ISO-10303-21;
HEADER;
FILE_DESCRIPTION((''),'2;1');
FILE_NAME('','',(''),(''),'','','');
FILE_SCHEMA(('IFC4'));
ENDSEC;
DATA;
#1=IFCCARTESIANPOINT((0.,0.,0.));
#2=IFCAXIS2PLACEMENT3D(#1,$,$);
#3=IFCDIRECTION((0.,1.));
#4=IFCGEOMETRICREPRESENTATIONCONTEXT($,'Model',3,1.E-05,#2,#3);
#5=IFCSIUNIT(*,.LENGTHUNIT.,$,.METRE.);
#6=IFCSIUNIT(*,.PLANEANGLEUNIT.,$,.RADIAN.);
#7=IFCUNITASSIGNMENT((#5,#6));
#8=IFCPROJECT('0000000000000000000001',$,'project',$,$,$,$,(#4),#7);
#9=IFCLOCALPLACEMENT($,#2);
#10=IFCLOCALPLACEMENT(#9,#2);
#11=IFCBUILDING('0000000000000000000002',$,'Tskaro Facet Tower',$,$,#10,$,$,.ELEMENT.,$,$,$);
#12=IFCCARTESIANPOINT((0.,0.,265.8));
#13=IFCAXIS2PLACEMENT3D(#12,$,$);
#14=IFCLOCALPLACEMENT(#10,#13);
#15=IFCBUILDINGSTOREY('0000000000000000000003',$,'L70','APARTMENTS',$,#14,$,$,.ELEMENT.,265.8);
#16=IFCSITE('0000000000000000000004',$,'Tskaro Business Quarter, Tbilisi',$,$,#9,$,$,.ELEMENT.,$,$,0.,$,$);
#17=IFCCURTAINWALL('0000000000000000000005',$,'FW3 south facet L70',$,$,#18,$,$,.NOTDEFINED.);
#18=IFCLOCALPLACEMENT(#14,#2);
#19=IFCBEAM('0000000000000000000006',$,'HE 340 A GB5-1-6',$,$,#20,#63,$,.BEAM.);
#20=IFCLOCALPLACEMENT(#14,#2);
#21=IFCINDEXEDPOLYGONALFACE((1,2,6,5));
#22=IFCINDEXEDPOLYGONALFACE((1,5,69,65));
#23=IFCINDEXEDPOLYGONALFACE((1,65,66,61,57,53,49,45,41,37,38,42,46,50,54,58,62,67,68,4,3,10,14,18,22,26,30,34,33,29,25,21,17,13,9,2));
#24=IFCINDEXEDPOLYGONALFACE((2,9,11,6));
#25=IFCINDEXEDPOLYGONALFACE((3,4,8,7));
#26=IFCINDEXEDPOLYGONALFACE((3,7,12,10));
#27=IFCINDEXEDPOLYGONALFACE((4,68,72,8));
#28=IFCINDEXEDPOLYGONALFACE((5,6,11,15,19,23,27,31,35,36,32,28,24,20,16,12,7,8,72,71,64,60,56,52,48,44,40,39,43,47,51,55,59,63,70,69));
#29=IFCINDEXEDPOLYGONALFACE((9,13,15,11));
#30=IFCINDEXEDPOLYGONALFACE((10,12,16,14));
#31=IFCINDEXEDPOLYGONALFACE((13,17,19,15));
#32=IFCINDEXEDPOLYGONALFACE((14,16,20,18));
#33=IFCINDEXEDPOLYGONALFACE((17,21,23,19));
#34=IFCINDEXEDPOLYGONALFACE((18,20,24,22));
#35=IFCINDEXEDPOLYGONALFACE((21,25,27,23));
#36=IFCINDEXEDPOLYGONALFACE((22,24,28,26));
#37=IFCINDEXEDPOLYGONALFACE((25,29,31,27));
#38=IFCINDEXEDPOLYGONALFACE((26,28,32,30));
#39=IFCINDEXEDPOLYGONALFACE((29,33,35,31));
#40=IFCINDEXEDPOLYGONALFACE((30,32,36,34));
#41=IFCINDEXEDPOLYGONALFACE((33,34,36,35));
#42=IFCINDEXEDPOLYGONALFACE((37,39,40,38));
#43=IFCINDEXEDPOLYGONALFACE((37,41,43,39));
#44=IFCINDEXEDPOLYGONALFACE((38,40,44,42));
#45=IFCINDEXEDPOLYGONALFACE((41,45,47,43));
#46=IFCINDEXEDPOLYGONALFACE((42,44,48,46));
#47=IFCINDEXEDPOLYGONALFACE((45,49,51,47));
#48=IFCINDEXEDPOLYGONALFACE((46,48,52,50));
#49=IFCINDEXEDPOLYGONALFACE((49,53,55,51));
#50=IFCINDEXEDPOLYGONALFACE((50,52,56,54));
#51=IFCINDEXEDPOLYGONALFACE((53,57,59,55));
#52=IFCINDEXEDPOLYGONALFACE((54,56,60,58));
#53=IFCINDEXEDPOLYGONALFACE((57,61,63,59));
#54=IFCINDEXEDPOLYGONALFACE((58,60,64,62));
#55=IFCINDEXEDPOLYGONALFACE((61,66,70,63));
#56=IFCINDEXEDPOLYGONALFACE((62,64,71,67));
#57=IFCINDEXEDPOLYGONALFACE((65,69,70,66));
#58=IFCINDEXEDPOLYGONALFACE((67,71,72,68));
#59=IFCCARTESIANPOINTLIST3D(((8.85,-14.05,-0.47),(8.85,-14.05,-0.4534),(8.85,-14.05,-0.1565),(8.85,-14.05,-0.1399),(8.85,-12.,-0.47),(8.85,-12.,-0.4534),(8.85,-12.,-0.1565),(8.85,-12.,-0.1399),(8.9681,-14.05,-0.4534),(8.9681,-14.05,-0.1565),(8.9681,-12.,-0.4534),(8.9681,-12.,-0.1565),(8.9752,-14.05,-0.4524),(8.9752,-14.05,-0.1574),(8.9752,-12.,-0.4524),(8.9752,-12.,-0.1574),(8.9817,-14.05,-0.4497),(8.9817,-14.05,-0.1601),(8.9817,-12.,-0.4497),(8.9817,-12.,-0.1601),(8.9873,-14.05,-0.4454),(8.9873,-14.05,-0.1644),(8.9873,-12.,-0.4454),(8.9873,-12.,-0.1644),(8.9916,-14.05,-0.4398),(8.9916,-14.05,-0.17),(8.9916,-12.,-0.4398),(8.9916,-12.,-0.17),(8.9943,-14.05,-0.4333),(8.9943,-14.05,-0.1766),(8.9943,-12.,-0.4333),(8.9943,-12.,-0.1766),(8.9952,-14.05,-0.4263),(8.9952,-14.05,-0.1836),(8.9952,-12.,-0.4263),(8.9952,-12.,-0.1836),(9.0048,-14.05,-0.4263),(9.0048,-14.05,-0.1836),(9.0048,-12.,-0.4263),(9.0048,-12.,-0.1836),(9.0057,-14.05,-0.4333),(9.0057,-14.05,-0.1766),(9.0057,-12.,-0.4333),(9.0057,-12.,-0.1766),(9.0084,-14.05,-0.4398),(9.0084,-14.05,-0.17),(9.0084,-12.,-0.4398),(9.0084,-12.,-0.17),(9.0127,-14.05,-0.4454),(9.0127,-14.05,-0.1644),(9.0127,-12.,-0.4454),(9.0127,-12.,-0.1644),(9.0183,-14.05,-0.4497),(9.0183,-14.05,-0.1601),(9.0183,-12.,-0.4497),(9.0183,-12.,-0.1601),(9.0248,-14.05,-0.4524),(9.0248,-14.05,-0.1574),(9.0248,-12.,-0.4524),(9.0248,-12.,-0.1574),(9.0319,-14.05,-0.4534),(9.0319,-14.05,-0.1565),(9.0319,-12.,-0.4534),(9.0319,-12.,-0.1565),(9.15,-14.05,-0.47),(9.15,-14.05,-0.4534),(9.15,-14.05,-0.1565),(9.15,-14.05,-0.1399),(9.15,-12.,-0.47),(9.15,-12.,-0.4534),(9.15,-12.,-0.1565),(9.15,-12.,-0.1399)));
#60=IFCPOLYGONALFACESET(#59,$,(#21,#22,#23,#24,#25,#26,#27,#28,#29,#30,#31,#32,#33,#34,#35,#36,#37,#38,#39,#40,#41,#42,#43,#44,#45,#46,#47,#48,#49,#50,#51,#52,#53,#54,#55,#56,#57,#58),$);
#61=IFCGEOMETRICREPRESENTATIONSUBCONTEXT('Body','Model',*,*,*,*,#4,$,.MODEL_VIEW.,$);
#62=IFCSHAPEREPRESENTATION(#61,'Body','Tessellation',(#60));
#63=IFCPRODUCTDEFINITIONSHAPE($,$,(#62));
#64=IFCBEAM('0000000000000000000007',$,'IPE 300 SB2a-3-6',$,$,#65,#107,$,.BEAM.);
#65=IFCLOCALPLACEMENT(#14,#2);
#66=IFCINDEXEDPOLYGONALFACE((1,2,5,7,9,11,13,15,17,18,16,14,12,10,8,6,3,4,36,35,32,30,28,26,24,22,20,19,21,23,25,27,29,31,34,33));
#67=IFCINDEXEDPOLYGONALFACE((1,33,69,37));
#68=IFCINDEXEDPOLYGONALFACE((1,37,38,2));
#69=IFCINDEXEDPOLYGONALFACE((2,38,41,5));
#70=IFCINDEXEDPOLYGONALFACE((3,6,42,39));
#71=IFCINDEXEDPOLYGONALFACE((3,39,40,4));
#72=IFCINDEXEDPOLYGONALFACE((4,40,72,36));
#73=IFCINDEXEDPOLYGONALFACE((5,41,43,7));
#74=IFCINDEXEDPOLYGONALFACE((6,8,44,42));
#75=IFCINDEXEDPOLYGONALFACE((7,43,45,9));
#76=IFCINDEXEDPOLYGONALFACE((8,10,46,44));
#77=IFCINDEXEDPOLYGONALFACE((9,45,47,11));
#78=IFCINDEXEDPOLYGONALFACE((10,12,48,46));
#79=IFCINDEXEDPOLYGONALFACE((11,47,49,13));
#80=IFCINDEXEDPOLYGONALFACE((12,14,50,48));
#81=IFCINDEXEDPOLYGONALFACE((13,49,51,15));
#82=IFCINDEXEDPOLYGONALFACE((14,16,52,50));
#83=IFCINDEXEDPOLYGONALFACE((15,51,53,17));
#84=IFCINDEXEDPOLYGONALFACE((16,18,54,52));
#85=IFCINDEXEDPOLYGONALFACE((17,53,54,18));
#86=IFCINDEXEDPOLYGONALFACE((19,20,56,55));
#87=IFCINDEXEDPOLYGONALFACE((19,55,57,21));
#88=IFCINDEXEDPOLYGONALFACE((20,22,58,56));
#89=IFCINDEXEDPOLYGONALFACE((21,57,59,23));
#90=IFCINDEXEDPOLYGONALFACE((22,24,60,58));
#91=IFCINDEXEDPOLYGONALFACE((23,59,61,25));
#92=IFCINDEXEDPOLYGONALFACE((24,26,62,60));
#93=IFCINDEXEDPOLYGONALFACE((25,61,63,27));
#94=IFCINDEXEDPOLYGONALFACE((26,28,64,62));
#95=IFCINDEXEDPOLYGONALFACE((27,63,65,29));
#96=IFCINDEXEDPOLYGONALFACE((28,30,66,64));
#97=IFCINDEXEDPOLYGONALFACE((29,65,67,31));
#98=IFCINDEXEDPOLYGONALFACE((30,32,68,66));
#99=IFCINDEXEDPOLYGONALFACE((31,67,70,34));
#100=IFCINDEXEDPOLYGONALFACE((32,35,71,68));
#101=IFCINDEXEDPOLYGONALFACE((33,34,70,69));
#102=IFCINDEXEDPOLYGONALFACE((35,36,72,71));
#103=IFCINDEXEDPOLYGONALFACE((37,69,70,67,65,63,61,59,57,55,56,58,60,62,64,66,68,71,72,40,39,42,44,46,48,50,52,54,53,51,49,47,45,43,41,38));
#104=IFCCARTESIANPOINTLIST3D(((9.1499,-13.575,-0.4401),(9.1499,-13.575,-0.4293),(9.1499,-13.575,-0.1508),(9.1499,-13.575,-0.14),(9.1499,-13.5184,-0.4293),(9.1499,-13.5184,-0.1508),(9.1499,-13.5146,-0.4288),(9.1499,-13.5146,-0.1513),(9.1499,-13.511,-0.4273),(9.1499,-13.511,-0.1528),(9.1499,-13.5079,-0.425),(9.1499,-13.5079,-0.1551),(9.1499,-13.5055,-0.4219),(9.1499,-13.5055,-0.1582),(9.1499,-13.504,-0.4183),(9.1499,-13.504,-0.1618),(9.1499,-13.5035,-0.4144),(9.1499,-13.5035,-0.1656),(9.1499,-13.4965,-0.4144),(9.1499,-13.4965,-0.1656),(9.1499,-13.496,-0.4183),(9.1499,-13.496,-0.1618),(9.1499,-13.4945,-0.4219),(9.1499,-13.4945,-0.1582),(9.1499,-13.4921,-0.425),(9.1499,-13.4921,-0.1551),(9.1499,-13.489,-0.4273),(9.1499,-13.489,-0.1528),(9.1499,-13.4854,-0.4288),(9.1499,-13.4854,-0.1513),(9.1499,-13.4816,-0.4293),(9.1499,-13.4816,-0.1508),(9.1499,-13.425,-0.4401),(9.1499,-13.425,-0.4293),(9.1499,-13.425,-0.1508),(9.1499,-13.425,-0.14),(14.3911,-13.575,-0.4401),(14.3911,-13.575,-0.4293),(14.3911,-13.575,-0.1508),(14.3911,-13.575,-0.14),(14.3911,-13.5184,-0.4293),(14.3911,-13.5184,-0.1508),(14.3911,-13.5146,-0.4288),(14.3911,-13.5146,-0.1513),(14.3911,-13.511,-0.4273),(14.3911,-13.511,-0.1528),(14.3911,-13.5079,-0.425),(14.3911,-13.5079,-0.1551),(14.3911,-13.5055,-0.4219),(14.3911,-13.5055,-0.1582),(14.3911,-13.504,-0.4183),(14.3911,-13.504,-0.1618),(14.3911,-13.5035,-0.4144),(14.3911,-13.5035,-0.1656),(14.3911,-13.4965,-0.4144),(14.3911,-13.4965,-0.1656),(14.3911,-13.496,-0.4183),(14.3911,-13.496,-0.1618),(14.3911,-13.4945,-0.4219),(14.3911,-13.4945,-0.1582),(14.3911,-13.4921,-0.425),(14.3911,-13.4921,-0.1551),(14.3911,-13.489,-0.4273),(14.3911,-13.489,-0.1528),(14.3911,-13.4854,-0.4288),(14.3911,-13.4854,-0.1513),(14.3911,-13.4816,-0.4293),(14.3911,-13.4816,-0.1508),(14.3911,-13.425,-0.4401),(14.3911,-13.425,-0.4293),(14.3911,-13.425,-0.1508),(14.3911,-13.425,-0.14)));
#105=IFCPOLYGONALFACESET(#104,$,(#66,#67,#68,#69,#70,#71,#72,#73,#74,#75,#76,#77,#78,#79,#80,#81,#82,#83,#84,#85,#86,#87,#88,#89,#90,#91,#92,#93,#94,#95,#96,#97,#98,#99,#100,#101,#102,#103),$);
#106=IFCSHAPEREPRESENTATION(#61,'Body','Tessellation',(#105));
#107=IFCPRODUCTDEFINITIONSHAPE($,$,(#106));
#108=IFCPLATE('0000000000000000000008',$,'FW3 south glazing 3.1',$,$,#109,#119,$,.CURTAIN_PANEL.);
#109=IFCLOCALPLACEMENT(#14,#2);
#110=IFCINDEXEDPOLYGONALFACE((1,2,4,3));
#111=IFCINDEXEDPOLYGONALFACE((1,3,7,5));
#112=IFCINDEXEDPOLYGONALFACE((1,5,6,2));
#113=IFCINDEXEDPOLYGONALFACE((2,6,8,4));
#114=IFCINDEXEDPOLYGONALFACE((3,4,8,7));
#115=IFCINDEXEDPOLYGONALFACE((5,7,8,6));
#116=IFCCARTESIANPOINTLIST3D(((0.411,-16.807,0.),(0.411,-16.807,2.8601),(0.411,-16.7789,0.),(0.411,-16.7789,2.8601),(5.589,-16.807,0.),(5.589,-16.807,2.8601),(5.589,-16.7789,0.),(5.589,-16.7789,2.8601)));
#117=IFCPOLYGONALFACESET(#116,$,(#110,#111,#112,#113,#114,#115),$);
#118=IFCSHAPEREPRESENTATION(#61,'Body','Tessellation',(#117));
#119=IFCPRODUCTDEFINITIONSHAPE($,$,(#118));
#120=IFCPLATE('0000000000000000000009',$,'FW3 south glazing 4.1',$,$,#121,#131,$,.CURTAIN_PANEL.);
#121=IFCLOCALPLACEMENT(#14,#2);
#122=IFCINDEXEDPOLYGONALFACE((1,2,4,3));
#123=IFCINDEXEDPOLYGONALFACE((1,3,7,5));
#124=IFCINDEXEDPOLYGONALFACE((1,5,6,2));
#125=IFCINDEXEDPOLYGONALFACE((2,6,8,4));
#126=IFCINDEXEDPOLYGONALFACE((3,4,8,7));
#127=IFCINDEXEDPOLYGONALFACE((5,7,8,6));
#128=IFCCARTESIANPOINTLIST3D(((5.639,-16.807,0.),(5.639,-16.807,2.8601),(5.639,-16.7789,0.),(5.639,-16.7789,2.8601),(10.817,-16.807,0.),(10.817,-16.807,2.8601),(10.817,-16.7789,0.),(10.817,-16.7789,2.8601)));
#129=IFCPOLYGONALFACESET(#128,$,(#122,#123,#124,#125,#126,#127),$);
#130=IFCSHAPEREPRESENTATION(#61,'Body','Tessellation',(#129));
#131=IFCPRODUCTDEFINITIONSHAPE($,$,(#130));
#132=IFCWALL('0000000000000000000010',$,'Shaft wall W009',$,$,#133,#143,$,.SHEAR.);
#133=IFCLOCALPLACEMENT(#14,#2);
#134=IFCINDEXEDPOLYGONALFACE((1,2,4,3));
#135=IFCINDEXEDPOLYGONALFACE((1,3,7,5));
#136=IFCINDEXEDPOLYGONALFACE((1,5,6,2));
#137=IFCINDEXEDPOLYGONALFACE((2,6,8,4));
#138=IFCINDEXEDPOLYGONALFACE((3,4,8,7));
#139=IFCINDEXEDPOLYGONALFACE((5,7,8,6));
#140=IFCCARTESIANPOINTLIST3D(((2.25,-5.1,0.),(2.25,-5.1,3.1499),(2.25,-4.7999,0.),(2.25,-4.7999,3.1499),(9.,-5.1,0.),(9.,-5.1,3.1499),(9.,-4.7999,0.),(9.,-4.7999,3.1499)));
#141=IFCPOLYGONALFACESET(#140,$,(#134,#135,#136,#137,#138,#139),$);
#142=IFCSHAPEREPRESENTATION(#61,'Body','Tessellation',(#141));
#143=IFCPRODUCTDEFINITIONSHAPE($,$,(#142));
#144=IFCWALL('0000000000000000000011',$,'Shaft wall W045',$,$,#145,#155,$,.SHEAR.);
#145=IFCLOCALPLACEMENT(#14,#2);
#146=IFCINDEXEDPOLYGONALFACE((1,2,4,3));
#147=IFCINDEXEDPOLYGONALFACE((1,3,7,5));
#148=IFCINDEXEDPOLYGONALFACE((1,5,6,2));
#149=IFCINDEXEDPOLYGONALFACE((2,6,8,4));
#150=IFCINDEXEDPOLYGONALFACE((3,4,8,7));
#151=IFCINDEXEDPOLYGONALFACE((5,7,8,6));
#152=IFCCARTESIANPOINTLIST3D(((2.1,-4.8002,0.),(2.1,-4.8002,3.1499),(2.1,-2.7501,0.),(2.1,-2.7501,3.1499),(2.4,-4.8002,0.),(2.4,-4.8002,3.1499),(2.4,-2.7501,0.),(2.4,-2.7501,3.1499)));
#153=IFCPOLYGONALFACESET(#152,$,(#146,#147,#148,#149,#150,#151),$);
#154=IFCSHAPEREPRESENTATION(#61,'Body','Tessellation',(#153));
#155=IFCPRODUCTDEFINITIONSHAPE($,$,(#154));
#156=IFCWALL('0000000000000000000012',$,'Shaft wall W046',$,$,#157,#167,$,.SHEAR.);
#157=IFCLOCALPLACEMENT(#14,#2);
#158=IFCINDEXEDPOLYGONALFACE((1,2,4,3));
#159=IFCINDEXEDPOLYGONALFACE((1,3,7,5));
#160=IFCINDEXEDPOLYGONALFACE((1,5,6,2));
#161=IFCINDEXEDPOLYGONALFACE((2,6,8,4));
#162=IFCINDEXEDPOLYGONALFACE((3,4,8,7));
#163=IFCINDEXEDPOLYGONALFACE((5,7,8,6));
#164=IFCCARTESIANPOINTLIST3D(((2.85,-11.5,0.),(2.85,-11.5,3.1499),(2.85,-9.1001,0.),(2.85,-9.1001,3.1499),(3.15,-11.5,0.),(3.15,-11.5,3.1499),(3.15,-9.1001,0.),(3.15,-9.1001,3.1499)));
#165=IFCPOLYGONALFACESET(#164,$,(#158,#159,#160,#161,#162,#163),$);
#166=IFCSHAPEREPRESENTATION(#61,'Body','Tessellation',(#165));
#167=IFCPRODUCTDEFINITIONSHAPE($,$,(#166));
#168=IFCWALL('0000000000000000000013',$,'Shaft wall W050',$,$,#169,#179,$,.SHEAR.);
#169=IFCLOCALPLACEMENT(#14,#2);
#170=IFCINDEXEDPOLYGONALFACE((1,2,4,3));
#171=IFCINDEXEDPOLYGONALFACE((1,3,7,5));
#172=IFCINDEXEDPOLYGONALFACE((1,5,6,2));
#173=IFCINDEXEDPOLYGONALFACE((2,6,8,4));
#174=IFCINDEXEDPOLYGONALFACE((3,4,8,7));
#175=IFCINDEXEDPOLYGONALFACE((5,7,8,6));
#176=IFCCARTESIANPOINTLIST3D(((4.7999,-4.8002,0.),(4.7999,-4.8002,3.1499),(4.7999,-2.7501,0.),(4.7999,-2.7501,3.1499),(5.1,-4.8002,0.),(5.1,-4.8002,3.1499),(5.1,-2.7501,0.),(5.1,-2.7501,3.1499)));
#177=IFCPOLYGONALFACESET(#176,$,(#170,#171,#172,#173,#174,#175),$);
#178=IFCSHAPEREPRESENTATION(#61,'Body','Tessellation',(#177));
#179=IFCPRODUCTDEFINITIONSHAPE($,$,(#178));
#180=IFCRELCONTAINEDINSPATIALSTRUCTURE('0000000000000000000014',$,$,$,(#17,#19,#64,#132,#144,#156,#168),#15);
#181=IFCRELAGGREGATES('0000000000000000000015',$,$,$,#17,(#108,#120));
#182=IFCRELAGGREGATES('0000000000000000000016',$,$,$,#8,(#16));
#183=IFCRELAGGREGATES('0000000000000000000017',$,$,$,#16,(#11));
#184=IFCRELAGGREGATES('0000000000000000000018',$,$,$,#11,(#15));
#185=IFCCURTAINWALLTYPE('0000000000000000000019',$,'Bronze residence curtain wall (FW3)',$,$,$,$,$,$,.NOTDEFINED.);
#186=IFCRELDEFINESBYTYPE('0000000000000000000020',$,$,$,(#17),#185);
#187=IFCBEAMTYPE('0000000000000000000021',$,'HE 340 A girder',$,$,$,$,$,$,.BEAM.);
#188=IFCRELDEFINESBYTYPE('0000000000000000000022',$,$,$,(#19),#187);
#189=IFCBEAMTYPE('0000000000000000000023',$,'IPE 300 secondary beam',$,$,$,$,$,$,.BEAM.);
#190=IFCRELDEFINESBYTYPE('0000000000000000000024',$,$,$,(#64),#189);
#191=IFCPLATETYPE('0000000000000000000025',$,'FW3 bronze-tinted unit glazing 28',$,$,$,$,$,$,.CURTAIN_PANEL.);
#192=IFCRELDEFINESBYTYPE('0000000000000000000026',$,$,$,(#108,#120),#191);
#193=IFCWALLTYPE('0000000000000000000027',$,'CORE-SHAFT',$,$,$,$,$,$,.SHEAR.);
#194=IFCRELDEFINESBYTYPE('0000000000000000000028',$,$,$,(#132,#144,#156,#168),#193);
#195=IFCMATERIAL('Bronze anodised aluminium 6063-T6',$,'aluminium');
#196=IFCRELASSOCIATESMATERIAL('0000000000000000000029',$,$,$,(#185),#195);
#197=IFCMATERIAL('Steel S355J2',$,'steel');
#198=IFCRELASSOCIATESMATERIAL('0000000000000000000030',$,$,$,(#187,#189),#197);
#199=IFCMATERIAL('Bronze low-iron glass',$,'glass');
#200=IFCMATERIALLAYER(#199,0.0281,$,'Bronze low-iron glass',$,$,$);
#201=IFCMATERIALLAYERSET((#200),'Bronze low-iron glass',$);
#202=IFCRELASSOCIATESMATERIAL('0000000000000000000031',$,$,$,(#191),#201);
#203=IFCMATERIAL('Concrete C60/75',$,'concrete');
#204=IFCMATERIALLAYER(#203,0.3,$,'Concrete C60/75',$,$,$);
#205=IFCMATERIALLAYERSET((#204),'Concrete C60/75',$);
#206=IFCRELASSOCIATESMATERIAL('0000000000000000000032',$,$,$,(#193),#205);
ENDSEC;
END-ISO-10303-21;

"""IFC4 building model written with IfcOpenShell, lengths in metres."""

from ifc_helpers import new_model, si_unit, direction, frame, frame_2d, origin, origin_2d, place, context, subcontext, project, spatial, rectangle, i_section, extrude, material, layer, layer_set, material_profile, profile_set, type_object, element, aggregate, save


model = new_model("IFC4")

# Units and contexts
model_context = context("Model", 3, precision=1e-05, world=origin(), true_north=direction((0.0, 1.0)))
body_context = subcontext(model_context, "Body", "Model", "MODEL_VIEW")
ifc_project = project(units=[si_unit("LENGTHUNIT", "METRE"), si_unit("PLANEANGLEUNIT", "RADIAN")], contexts=[model_context])

# Site, building, storey
site_placement = place(None, origin())
site = spatial("IfcSite", under=ifc_project, at=site_placement, Name="Tskaro Business Quarter, Tbilisi", CompositionType="ELEMENT", RefElevation=0.0)
building_placement = place(site_placement, origin())
building = spatial("IfcBuilding", under=site, at=building_placement, Name="Tskaro Facet Tower", CompositionType="ELEMENT")
storey_placement = place(building_placement, frame((0.0, 0.0, 265.8)))
storey = spatial("IfcBuildingStorey", under=building, at=storey_placement, Name="L70", Description="APARTMENTS", CompositionType="ELEMENT", Elevation=265.8)

# Shared definitions
ifc_material_1 = material(Name="Steel S355J2", Category="steel")

# Curtain wall
ifc_material_2 = material(Name="Bronze anodised aluminium 6063-T6", Category="aluminium")
curtain_wall_type = type_object("IfcCurtainWallType", Name="Bronze residence curtain wall (FW3)", PredefinedType="NOTDEFINED", material=ifc_material_2)
curtain_wall_placement = place(storey_placement, origin())
curtain_wall = element("IfcCurtainWall", 1, at=curtain_wall_placement, inside=storey, type_object=curtain_wall_type, Name="FW3 south facet L70", PredefinedType="NOTDEFINED")

# Beams
ifc_material_profile_1 = material_profile(ifc_material_1, i_section(OverallWidth=0.3, OverallDepth=0.3301, WebThickness=0.0095, FlangeThickness=0.0166, FilletRadius=0.0271, at=origin_2d()), Name="HE 340 A")
ifc_profile_set_1 = profile_set([ifc_material_profile_1], Name="Steel S355J2")
beam_type_1 = type_object("IfcBeamType", Name="HE 340 A girder", PredefinedType="BEAM", material=ifc_profile_set_1)
beam_1_placement = place(storey_placement, frame((9.0, -14.05, -0.3049), z_axis=(0.0, 1.0, 0.0), x_axis=(-1.0, 0.0, 0.0)))
element("IfcBeam", 2, at=beam_1_placement, inside=storey, type_object=beam_type_1, Name="HE 340 A GB5-1-6", PredefinedType="BEAM", context=body_context, shape_type="SweptSolid", body=[
    extrude(i_section(OverallWidth=0.3, OverallDepth=0.3301, WebThickness=0.0095, FlangeThickness=0.0166, FilletRadius=0.0271, at=origin_2d()), origin(), (0.0, 0.0, 1.0), 2.05),
])
ifc_material_profile_2 = material_profile(ifc_material_1, i_section(OverallWidth=0.1499, OverallDepth=0.3, WebThickness=0.0071, FlangeThickness=0.0107, FilletRadius=0.0149, at=origin_2d()), Name="IPE 300")
ifc_profile_set_2 = profile_set([ifc_material_profile_2], Name="Steel S355J2")
beam_type_2 = type_object("IfcBeamType", Name="IPE 300 secondary beam", PredefinedType="BEAM", material=ifc_profile_set_2)
beam_2_placement = place(storey_placement, frame((9.1499, -13.5, -0.29), z_axis=(1.0, 0.0, 0.0), x_axis=(0.0, 1.0, 0.0)))
element("IfcBeam", 3, at=beam_2_placement, inside=storey, type_object=beam_type_2, Name="IPE 300 SB2a-3-6", PredefinedType="BEAM", context=body_context, shape_type="SweptSolid", body=[
    extrude(i_section(OverallWidth=0.1499, OverallDepth=0.3, WebThickness=0.0071, FlangeThickness=0.0107, FilletRadius=0.0149, at=origin_2d()), origin(), (0.0, 0.0, 1.0), 5.2412),
])

# Plates
ifc_material_3 = material(Name="Bronze low-iron glass", Category="glass")
ifc_layer_1 = layer(ifc_material_3, 0.0281, Name="Bronze low-iron glass")
ifc_layer_set_1 = layer_set([ifc_layer_1], Name="Bronze low-iron glass")
plate_type = type_object("IfcPlateType", Name="FW3 bronze-tinted unit glazing 28", PredefinedType="CURTAIN_PANEL", material=ifc_layer_set_1)
plate_1_placement = place(storey_placement, frame((3.0, -16.793, 0.0), z_axis=(0.0, 0.0, 1.0), x_axis=(1.0, 0.0, 0.0)))
plate_1 = element("IfcPlate", 4, at=plate_1_placement, type_object=plate_type, Name="FW3 south glazing 3.1", PredefinedType="CURTAIN_PANEL", context=body_context, shape_type="SweptSolid", body=[
    extrude(rectangle(XDim=5.178, YDim=0.0281, at=origin_2d()), origin(), (0.0, 0.0, 1.0), 2.8601),
])
plate_2_placement = place(storey_placement, frame((8.228, -16.793, 0.0), z_axis=(0.0, 0.0, 1.0), x_axis=(1.0, 0.0, 0.0)))
plate_2 = element("IfcPlate", 5, at=plate_2_placement, type_object=plate_type, Name="FW3 south glazing 4.1", PredefinedType="CURTAIN_PANEL", context=body_context, shape_type="SweptSolid", body=[
    extrude(rectangle(XDim=5.178, YDim=0.0281, at=origin_2d()), origin(), (0.0, 0.0, 1.0), 2.8601),
])
aggregate(curtain_wall, [plate_1, plate_2])

# Walls
ifc_material_4 = material(Name="Concrete C60/75", Category="concrete")
ifc_layer_2 = layer(ifc_material_4, 0.3, Name="Concrete C60/75")
ifc_layer_set_2 = layer_set([ifc_layer_2], Name="Concrete C60/75")
wall_type_1 = type_object("IfcWallType", Name="CORE-SHAFT", PredefinedType="SHEAR", material=ifc_layer_set_2)
wall_1_placement = place(storey_placement, frame((2.25, -4.95, 0.0), z_axis=(0.0, 0.0, 1.0), x_axis=(1.0, 0.0, 0.0)))
element("IfcWall", 6, at=wall_1_placement, inside=storey, type_object=wall_type_1, Name="Shaft wall W009", PredefinedType="SHEAR", context=body_context, shape_type="SweptSolid", body=[
    extrude(rectangle(XDim=6.75, YDim=0.3, at=frame_2d((3.375, 0.0))), origin(), (0.0, 0.0, 1.0), 3.1499),
])
wall_2_placement = place(storey_placement, frame((2.25, -4.8, 0.0), z_axis=(0.0, 0.0, 1.0), x_axis=(0.0, 1.0, 0.0)))
element("IfcWall", 7, at=wall_2_placement, inside=storey, type_object=wall_type_1, Name="Shaft wall W045", PredefinedType="SHEAR", context=body_context, shape_type="SweptSolid", body=[
    extrude(rectangle(XDim=2.05, YDim=0.3, at=frame_2d((1.0249, 0.0))), origin(), (0.0, 0.0, 1.0), 3.1499),
])
wall_3_placement = place(storey_placement, frame((3.0, -11.5, 0.0), z_axis=(0.0, 0.0, 1.0), x_axis=(0.0, 1.0, 0.0)))
element("IfcWall", 8, at=wall_3_placement, inside=storey, type_object=wall_type_1, Name="Shaft wall W046", PredefinedType="SHEAR", context=body_context, shape_type="SweptSolid", body=[
    extrude(rectangle(XDim=2.3999, YDim=0.3, at=frame_2d((1.2, 0.0))), origin(), (0.0, 0.0, 1.0), 3.1499),
])
wall_4_placement = place(storey_placement, frame((4.95, -4.8, 0.0), z_axis=(0.0, 0.0, 1.0), x_axis=(0.0, 1.0, 0.0)))
element("IfcWall", 9, at=wall_4_placement, inside=storey, type_object=wall_type_1, Name="Shaft wall W050", PredefinedType="SHEAR", context=body_context, shape_type="SweptSolid", body=[
    extrude(rectangle(XDim=2.05, YDim=0.3, at=frame_2d((1.0249, 0.0))), origin(), (0.0, 0.0, 1.0), 3.1499),
])

save(model, "model.ifc")
